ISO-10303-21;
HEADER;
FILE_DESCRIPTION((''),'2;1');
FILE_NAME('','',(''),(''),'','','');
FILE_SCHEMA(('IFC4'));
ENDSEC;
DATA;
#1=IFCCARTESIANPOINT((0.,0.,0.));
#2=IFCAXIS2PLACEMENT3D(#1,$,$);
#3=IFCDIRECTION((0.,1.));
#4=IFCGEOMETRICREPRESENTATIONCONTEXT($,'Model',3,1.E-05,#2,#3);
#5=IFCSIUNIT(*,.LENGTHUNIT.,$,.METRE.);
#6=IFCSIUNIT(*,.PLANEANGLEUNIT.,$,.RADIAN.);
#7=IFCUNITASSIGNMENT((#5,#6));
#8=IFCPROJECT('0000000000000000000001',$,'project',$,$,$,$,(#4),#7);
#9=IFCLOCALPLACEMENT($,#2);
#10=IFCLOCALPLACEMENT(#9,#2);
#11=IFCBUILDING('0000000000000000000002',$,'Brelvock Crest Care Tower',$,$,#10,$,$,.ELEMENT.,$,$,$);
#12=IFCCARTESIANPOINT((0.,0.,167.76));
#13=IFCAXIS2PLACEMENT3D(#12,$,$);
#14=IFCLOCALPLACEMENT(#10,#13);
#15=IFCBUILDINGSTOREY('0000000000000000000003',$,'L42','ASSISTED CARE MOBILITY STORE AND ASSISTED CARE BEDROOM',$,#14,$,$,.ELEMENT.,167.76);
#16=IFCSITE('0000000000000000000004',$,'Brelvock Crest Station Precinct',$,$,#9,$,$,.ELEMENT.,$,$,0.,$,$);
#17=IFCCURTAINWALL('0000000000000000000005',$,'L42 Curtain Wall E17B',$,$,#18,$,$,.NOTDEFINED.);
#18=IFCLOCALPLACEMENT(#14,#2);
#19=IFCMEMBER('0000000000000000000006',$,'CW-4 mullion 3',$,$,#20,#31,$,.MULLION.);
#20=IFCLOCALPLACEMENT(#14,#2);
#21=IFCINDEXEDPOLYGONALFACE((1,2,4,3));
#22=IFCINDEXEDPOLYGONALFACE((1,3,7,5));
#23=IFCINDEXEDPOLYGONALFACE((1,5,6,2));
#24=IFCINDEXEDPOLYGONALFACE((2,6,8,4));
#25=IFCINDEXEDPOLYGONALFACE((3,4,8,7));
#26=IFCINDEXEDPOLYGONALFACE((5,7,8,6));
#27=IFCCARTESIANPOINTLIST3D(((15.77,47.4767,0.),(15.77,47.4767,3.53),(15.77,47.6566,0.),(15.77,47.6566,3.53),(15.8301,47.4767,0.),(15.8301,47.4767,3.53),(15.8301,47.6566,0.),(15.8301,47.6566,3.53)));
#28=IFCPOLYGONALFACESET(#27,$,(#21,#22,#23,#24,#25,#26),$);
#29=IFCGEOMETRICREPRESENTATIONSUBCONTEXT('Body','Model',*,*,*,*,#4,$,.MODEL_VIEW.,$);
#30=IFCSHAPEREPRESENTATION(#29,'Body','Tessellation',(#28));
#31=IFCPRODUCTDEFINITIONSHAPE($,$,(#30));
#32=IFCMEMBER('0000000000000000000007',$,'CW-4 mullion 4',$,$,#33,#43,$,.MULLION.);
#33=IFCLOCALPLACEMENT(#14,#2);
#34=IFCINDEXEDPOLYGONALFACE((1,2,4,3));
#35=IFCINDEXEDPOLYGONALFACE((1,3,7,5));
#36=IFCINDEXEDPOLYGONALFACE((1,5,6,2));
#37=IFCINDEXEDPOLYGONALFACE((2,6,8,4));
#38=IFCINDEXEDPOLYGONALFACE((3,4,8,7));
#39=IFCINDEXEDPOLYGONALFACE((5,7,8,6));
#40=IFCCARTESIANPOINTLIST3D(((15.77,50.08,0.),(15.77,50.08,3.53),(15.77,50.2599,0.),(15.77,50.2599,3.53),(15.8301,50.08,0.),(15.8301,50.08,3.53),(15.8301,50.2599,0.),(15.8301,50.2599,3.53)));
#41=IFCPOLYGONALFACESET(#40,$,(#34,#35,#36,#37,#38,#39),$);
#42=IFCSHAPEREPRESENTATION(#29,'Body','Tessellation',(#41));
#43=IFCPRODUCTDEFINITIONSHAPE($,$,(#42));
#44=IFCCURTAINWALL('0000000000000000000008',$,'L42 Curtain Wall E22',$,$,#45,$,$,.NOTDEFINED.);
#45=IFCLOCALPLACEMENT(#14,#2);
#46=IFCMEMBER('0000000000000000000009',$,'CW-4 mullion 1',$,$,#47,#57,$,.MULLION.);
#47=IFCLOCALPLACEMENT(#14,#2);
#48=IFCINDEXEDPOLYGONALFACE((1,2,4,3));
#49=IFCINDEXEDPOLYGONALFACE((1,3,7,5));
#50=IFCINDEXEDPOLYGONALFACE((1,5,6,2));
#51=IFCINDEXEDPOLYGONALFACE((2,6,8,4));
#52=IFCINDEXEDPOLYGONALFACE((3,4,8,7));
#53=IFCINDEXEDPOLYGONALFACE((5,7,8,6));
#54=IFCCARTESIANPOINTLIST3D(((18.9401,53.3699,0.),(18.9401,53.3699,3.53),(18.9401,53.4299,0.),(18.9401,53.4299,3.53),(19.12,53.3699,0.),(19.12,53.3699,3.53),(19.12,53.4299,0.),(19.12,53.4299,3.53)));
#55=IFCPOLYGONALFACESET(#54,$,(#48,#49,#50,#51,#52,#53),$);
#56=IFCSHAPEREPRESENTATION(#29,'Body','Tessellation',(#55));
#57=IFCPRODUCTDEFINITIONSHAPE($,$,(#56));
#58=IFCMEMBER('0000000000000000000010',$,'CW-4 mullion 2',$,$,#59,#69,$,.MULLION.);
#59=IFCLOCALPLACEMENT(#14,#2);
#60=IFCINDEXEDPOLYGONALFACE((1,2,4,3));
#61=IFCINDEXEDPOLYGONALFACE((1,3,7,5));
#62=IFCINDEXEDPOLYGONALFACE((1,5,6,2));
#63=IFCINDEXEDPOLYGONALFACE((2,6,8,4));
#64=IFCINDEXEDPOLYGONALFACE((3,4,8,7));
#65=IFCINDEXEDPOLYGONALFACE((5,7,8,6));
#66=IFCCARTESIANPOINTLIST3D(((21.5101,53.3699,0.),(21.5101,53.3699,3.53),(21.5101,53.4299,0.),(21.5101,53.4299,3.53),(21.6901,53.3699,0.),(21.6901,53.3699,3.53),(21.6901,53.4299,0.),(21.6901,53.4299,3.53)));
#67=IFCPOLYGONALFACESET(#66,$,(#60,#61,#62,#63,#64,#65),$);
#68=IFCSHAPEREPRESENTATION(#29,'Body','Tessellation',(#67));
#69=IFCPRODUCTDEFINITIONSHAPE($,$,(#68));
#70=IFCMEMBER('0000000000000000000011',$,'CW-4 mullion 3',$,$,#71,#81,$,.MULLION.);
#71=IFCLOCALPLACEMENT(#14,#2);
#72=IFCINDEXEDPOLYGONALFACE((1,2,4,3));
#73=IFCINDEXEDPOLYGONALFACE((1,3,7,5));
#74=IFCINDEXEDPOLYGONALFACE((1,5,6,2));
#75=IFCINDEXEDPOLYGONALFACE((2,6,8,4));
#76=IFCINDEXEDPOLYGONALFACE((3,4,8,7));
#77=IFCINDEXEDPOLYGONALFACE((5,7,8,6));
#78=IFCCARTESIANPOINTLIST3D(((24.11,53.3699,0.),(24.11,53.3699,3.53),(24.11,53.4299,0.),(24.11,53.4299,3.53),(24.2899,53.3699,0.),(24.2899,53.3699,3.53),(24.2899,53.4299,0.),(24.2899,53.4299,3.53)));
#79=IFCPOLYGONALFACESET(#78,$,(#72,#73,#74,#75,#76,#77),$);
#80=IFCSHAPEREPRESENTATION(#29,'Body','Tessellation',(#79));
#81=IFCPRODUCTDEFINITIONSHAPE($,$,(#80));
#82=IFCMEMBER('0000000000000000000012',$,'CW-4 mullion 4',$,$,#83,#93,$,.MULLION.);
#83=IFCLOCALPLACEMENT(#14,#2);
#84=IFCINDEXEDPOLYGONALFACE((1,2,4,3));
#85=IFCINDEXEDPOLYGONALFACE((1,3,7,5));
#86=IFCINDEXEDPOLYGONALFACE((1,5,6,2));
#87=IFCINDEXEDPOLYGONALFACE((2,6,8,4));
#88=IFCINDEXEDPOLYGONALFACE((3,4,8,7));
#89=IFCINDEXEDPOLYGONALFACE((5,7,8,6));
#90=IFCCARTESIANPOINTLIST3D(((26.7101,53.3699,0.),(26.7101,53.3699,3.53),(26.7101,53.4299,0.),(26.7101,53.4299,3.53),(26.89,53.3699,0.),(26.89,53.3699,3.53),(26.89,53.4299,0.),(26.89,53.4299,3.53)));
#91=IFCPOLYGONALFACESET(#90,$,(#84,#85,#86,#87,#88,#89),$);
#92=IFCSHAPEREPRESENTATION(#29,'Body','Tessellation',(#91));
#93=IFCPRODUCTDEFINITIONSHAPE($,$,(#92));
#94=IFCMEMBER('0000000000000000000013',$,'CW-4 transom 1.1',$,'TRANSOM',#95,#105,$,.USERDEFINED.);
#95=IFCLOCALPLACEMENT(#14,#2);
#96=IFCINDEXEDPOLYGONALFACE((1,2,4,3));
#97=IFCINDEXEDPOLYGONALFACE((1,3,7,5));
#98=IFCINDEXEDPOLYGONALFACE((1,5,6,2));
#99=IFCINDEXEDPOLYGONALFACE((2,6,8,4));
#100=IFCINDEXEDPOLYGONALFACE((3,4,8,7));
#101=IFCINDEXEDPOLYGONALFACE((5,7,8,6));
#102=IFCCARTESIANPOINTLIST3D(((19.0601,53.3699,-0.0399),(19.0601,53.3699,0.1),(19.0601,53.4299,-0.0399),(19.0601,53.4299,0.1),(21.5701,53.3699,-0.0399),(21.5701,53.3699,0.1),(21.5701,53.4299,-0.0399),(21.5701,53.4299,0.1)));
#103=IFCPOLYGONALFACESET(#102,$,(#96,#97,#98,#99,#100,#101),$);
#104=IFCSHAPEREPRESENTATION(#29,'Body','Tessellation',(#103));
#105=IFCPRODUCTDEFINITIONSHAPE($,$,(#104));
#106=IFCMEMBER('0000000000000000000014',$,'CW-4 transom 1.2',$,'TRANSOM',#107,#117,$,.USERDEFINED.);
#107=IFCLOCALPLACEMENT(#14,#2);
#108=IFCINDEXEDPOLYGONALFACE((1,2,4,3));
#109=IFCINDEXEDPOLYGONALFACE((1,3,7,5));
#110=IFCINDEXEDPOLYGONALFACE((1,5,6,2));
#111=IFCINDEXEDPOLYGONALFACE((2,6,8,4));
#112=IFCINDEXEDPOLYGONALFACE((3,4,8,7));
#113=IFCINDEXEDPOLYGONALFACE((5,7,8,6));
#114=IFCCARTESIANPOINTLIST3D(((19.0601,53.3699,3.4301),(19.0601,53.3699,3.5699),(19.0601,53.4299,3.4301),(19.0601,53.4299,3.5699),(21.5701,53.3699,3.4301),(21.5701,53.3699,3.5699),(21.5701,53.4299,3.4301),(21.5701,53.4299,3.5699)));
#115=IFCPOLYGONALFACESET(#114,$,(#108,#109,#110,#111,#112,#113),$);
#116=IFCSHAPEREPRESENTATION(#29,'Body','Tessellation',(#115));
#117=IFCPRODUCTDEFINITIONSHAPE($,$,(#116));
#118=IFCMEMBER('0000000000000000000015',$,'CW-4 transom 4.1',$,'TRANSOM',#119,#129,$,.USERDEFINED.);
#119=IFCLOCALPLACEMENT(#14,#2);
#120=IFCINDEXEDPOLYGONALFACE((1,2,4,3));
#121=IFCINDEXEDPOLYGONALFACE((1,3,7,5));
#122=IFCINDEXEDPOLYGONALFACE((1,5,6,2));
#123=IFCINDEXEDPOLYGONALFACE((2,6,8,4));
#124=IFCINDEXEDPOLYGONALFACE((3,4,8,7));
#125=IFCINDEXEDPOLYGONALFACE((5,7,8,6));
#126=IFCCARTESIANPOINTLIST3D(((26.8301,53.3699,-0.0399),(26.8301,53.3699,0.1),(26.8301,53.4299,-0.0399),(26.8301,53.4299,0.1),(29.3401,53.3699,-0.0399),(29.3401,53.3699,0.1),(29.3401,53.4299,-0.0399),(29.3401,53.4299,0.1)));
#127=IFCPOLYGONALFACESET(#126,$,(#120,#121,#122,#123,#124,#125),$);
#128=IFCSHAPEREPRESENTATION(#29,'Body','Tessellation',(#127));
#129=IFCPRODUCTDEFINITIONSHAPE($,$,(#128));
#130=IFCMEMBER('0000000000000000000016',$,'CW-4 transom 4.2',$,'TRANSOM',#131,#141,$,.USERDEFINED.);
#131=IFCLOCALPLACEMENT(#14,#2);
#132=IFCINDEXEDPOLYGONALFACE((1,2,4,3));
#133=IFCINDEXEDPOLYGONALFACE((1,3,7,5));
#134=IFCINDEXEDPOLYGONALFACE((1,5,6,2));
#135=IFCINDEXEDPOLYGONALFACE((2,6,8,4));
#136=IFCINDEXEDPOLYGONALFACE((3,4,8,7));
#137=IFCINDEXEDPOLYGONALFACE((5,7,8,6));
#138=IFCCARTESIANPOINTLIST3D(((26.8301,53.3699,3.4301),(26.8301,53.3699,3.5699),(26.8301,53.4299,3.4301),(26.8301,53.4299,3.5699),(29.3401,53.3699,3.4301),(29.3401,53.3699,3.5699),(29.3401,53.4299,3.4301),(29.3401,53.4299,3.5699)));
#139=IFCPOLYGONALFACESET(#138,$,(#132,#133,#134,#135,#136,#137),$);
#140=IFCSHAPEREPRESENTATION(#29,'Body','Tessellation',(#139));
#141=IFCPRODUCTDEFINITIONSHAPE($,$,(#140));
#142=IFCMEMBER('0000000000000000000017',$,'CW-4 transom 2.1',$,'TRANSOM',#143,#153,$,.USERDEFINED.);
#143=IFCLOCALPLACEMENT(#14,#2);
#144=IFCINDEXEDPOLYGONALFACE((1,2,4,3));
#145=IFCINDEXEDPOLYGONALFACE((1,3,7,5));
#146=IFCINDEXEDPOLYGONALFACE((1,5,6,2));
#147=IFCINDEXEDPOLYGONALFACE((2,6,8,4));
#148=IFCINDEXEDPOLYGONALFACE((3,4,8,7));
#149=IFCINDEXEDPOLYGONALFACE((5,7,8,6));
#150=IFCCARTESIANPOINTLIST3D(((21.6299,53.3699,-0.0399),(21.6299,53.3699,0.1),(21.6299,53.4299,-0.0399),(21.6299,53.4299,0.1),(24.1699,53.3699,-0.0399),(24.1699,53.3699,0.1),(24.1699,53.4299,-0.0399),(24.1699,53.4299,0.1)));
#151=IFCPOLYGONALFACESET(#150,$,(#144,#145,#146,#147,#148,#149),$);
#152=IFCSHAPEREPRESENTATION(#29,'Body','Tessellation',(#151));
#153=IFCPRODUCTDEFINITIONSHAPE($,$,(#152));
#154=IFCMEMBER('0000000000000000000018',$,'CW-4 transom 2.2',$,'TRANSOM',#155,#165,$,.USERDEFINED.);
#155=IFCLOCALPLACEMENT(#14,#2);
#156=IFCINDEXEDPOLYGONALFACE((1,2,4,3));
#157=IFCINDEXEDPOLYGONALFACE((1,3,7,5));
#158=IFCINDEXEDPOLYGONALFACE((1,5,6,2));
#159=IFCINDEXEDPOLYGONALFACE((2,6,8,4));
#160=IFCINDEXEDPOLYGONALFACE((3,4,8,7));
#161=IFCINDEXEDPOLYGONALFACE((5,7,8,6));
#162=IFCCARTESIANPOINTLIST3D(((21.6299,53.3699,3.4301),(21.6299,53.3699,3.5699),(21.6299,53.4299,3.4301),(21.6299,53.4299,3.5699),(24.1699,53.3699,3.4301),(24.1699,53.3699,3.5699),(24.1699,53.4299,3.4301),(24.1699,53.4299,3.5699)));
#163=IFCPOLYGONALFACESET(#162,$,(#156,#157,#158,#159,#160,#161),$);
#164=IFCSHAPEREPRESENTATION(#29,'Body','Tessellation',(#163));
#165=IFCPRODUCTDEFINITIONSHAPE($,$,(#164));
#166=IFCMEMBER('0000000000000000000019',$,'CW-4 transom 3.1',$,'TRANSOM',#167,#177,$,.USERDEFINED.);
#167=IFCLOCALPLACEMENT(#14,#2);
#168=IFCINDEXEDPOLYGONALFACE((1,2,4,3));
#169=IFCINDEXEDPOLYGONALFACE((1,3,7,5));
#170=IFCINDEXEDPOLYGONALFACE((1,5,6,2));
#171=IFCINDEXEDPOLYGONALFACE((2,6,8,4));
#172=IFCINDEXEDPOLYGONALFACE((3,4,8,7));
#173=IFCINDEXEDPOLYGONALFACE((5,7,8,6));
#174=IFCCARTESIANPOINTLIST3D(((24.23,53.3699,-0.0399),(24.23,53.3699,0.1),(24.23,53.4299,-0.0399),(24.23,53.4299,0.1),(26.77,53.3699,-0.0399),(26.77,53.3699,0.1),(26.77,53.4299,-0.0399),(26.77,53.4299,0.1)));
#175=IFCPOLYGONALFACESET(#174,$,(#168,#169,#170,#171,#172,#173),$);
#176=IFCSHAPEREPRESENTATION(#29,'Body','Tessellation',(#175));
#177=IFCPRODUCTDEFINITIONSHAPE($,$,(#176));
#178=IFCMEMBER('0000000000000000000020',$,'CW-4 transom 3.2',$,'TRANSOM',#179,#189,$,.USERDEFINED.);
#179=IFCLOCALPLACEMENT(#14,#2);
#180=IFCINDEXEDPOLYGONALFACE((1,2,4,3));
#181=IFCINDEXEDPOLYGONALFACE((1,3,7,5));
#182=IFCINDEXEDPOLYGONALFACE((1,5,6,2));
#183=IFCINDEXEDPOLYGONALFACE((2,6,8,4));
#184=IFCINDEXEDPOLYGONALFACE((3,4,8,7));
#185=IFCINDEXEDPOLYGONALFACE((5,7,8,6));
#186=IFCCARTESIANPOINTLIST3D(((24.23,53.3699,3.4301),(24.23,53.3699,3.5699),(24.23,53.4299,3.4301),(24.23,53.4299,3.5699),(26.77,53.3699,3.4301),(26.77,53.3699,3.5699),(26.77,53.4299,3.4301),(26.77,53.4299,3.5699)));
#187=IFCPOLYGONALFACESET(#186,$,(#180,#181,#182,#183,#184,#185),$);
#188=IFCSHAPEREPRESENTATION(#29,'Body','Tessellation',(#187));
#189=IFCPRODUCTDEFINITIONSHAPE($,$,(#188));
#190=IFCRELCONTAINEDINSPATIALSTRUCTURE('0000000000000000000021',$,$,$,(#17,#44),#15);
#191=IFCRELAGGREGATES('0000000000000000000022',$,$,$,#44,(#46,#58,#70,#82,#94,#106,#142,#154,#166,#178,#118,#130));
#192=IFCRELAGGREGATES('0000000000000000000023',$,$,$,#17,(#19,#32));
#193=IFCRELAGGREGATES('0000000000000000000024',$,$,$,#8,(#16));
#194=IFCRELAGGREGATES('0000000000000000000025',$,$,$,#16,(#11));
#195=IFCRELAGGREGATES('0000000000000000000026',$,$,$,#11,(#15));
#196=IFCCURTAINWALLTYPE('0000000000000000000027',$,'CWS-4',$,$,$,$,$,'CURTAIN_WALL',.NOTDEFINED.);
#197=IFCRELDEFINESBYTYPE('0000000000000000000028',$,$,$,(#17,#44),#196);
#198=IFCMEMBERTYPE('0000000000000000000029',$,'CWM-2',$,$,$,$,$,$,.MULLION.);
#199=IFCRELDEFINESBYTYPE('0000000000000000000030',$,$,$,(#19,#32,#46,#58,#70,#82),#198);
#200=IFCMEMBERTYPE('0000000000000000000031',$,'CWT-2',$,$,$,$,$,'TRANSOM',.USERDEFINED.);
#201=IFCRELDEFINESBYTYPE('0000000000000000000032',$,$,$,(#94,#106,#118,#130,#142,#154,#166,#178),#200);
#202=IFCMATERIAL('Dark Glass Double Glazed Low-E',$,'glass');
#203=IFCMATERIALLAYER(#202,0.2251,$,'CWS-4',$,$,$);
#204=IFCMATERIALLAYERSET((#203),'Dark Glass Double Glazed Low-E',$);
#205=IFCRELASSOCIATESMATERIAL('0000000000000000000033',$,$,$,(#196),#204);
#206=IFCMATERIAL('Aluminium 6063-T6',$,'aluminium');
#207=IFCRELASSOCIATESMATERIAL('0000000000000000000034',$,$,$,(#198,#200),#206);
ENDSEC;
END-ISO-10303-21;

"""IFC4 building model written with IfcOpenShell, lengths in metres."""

from ifc_helpers import new_model, si_unit, direction, frame, origin, origin_2d, place, context, subcontext, project, spatial, rectangle, extrude, source, transform, mapped, material, layer, layer_set, material_profile, profile_set, type_object, element, aggregate, save


model = new_model("IFC4")

# Units and contexts
model_context = context("Model", 3, precision=1e-05, world=origin(), true_north=direction((0.0, 1.0)))
body_context = subcontext(model_context, "Body", "Model", "MODEL_VIEW")
ifc_project = project(units=[si_unit("LENGTHUNIT", "METRE"), si_unit("PLANEANGLEUNIT", "RADIAN")], contexts=[model_context])

# Site, building, storey
site_placement = place(None, origin())
site = spatial("IfcSite", under=ifc_project, at=site_placement, Name="Brelvock Crest Station Precinct", CompositionType="ELEMENT", RefElevation=0.0)
building_placement = place(site_placement, origin())
building = spatial("IfcBuilding", under=site, at=building_placement, Name="Brelvock Crest Care Tower", CompositionType="ELEMENT")
storey_placement = place(building_placement, frame((0.0, 0.0, 167.76)))
storey = spatial("IfcBuildingStorey", under=building, at=storey_placement, Name="L42", Description="ASSISTED CARE MOBILITY STORE AND ASSISTED CARE BEDROOM", CompositionType="ELEMENT", Elevation=167.76)

# Curtain walls, members
ifc_material_1 = material(Name="Dark Glass Double Glazed Low-E", Category="glass")
ifc_layer_1 = layer(ifc_material_1, 0.2251, Name="CWS-4")
ifc_layer_set_1 = layer_set([ifc_layer_1], Name="Dark Glass Double Glazed Low-E")
curtain_wall_type = type_object("IfcCurtainWallType", Name="CWS-4", ElementType="CURTAIN_WALL", PredefinedType="NOTDEFINED", material=ifc_layer_set_1)
curtain_wall_1_placement = place(storey_placement, origin())
curtain_wall_1 = element("IfcCurtainWall", 1, at=curtain_wall_1_placement, inside=storey, type_object=curtain_wall_type, Name="L42 Curtain Wall E17B", PredefinedType="NOTDEFINED")
ifc_material_2 = material(Name="Aluminium 6063-T6", Category="aluminium")
ifc_material_profile_1 = material_profile(ifc_material_2, rectangle(XDim=0.0601, YDim=0.1799, at=origin_2d()), Name="ALU60x180")
ifc_profile_set_1 = profile_set([ifc_material_profile_1], Name="Aluminium 6063-T6")
member_type_1 = type_object("IfcMemberType", Name="CWM-2", PredefinedType="MULLION", material=ifc_profile_set_1)
shared_shape_1 = source(origin(), body_context, "Body", "SweptSolid", [
    extrude(rectangle(XDim=0.0601, YDim=0.1799, at=origin_2d()), origin(), (0.0, 0.0, 1.0), 3.53),
])
member_1_placement = place(storey_placement, frame((15.8, 47.5667, 0.0), z_axis=(0.0, 0.0, 1.0), x_axis=(-1.0, 0.0, 0.0)))
member_1 = element("IfcMember", 2, at=member_1_placement, type_object=member_type_1, Name="CW-4 mullion 3", PredefinedType="MULLION", context=body_context, shape_type="MappedRepresentation", body=[
    mapped(shared_shape_1, transform((0.0, 0.0, 0.0), x_axis=(1.0, 0.0, 0.0), y_axis=(0.0, 1.0, 0.0), z_axis=(0.0, 0.0, 1.0), scale=1.0)),
])
member_2_placement = place(storey_placement, frame((15.8, 50.1699, 0.0), z_axis=(0.0, 0.0, 1.0), x_axis=(-1.0, 0.0, 0.0)))
member_2 = element("IfcMember", 3, at=member_2_placement, type_object=member_type_1, Name="CW-4 mullion 4", PredefinedType="MULLION", context=body_context, shape_type="MappedRepresentation", body=[
    mapped(shared_shape_1, transform((0.0, 0.0, 0.0), x_axis=(1.0, 0.0, 0.0), y_axis=(0.0, 1.0, 0.0), z_axis=(0.0, 0.0, 1.0), scale=1.0)),
])
curtain_wall_2_placement = place(storey_placement, origin())
curtain_wall_2 = element("IfcCurtainWall", 4, at=curtain_wall_2_placement, inside=storey, type_object=curtain_wall_type, Name="L42 Curtain Wall E22", PredefinedType="NOTDEFINED")
member_3_placement = place(storey_placement, frame((19.03, 53.3999, 0.0), z_axis=(0.0, 0.0, 1.0), x_axis=(0.0, 1.0, 0.0)))
member_3 = element("IfcMember", 5, at=member_3_placement, type_object=member_type_1, Name="CW-4 mullion 1", PredefinedType="MULLION", context=body_context, shape_type="MappedRepresentation", body=[
    mapped(shared_shape_1, transform((0.0, 0.0, 0.0), x_axis=(1.0, 0.0, 0.0), y_axis=(0.0, 1.0, 0.0), z_axis=(0.0, 0.0, 1.0), scale=1.0)),
])
member_4_placement = place(storey_placement, frame((21.6001, 53.3999, 0.0), z_axis=(0.0, 0.0, 1.0), x_axis=(0.0, 1.0, 0.0)))
member_4 = element("IfcMember", 6, at=member_4_placement, type_object=member_type_1, Name="CW-4 mullion 2", PredefinedType="MULLION", context=body_context, shape_type="MappedRepresentation", body=[
    mapped(shared_shape_1, transform((0.0, 0.0, 0.0), x_axis=(1.0, 0.0, 0.0), y_axis=(0.0, 1.0, 0.0), z_axis=(0.0, 0.0, 1.0), scale=1.0)),
])
member_5_placement = place(storey_placement, frame((24.2, 53.3999, 0.0), z_axis=(0.0, 0.0, 1.0), x_axis=(0.0, 1.0, 0.0)))
member_5 = element("IfcMember", 7, at=member_5_placement, type_object=member_type_1, Name="CW-4 mullion 3", PredefinedType="MULLION", context=body_context, shape_type="MappedRepresentation", body=[
    mapped(shared_shape_1, transform((0.0, 0.0, 0.0), x_axis=(1.0, 0.0, 0.0), y_axis=(0.0, 1.0, 0.0), z_axis=(0.0, 0.0, 1.0), scale=1.0)),
])
member_6_placement = place(storey_placement, frame((26.8, 53.3999, 0.0), z_axis=(0.0, 0.0, 1.0), x_axis=(0.0, 1.0, 0.0)))
member_6 = element("IfcMember", 8, at=member_6_placement, type_object=member_type_1, Name="CW-4 mullion 4", PredefinedType="MULLION", context=body_context, shape_type="MappedRepresentation", body=[
    mapped(shared_shape_1, transform((0.0, 0.0, 0.0), x_axis=(1.0, 0.0, 0.0), y_axis=(0.0, 1.0, 0.0), z_axis=(0.0, 0.0, 1.0), scale=1.0)),
])
ifc_material_profile_2 = material_profile(ifc_material_2, rectangle(XDim=0.0601, YDim=0.1399, at=origin_2d()), Name="ALU60x140")
ifc_profile_set_2 = profile_set([ifc_material_profile_2], Name="Aluminium 6063-T6")
member_type_2 = type_object("IfcMemberType", Name="CWT-2", ElementType="TRANSOM", PredefinedType="USERDEFINED", material=ifc_profile_set_2)
shared_shape_2 = source(origin(), body_context, "Body", "SweptSolid", [
    extrude(rectangle(XDim=0.0601, YDim=0.1399, at=origin_2d()), origin(), (0.0, 0.0, 1.0), 2.51),
])
member_7_placement = place(storey_placement, frame((19.0601, 53.3999, 0.03), z_axis=(1.0, 0.0, 0.0), x_axis=(0.0, 1.0, 0.0)))
member_7 = element("IfcMember", 9, at=member_7_placement, type_object=member_type_2, Name="CW-4 transom 1.1", ObjectType="TRANSOM", PredefinedType="USERDEFINED", context=body_context, shape_type="MappedRepresentation", body=[
    mapped(shared_shape_2, transform((0.0, 0.0, 0.0), x_axis=(1.0, 0.0, 0.0), y_axis=(0.0, 1.0, 0.0), z_axis=(0.0, 0.0, 1.0), scale=1.0)),
])
member_8_placement = place(storey_placement, frame((19.0601, 53.3999, 3.5), z_axis=(1.0, 0.0, 0.0), x_axis=(0.0, 1.0, 0.0)))
member_8 = element("IfcMember", 10, at=member_8_placement, type_object=member_type_2, Name="CW-4 transom 1.2", ObjectType="TRANSOM", PredefinedType="USERDEFINED", context=body_context, shape_type="MappedRepresentation", body=[
    mapped(shared_shape_2, transform((0.0, 0.0, 0.0), x_axis=(1.0, 0.0, 0.0), y_axis=(0.0, 1.0, 0.0), z_axis=(0.0, 0.0, 1.0), scale=1.0)),
])
member_9_placement = place(storey_placement, frame((26.8301, 53.3999, 0.03), z_axis=(1.0, 0.0, 0.0), x_axis=(0.0, 1.0, 0.0)))
member_9 = element("IfcMember", 11, at=member_9_placement, type_object=member_type_2, Name="CW-4 transom 4.1", ObjectType="TRANSOM", PredefinedType="USERDEFINED", context=body_context, shape_type="MappedRepresentation", body=[
    mapped(shared_shape_2, transform((0.0, 0.0, 0.0), x_axis=(1.0, 0.0, 0.0), y_axis=(0.0, 1.0, 0.0), z_axis=(0.0, 0.0, 1.0), scale=1.0)),
])
member_10_placement = place(storey_placement, frame((26.8301, 53.3999, 3.5), z_axis=(1.0, 0.0, 0.0), x_axis=(0.0, 1.0, 0.0)))
member_10 = element("IfcMember", 12, at=member_10_placement, type_object=member_type_2, Name="CW-4 transom 4.2", ObjectType="TRANSOM", PredefinedType="USERDEFINED", context=body_context, shape_type="MappedRepresentation", body=[
    mapped(shared_shape_2, transform((0.0, 0.0, 0.0), x_axis=(1.0, 0.0, 0.0), y_axis=(0.0, 1.0, 0.0), z_axis=(0.0, 0.0, 1.0), scale=1.0)),
])
shared_shape_3 = source(origin(), body_context, "Body", "SweptSolid", [
    extrude(rectangle(XDim=0.0601, YDim=0.1399, at=origin_2d()), origin(), (0.0, 0.0, 1.0), 2.54),
])
member_11_placement = place(storey_placement, frame((21.6299, 53.3999, 0.03), z_axis=(1.0, 0.0, 0.0), x_axis=(0.0, 1.0, 0.0)))
member_11 = element("IfcMember", 13, at=member_11_placement, type_object=member_type_2, Name="CW-4 transom 2.1", ObjectType="TRANSOM", PredefinedType="USERDEFINED", context=body_context, shape_type="MappedRepresentation", body=[
    mapped(shared_shape_3, transform((0.0, 0.0, 0.0), x_axis=(1.0, 0.0, 0.0), y_axis=(0.0, 1.0, 0.0), z_axis=(0.0, 0.0, 1.0), scale=1.0)),
])
member_12_placement = place(storey_placement, frame((21.6299, 53.3999, 3.5), z_axis=(1.0, 0.0, 0.0), x_axis=(0.0, 1.0, 0.0)))
member_12 = element("IfcMember", 14, at=member_12_placement, type_object=member_type_2, Name="CW-4 transom 2.2", ObjectType="TRANSOM", PredefinedType="USERDEFINED", context=body_context, shape_type="MappedRepresentation", body=[
    mapped(shared_shape_3, transform((0.0, 0.0, 0.0), x_axis=(1.0, 0.0, 0.0), y_axis=(0.0, 1.0, 0.0), z_axis=(0.0, 0.0, 1.0), scale=1.0)),
])
member_13_placement = place(storey_placement, frame((24.23, 53.3999, 0.03), z_axis=(1.0, 0.0, 0.0), x_axis=(0.0, 1.0, 0.0)))
member_13 = element("IfcMember", 15, at=member_13_placement, type_object=member_type_2, Name="CW-4 transom 3.1", ObjectType="TRANSOM", PredefinedType="USERDEFINED", context=body_context, shape_type="MappedRepresentation", body=[
    mapped(shared_shape_3, transform((0.0, 0.0, 0.0), x_axis=(1.0, 0.0, 0.0), y_axis=(0.0, 1.0, 0.0), z_axis=(0.0, 0.0, 1.0), scale=1.0)),
])
member_14_placement = place(storey_placement, frame((24.23, 53.3999, 3.5), z_axis=(1.0, 0.0, 0.0), x_axis=(0.0, 1.0, 0.0)))
member_14 = element("IfcMember", 16, at=member_14_placement, type_object=member_type_2, Name="CW-4 transom 3.2", ObjectType="TRANSOM", PredefinedType="USERDEFINED", context=body_context, shape_type="MappedRepresentation", body=[
    mapped(shared_shape_3, transform((0.0, 0.0, 0.0), x_axis=(1.0, 0.0, 0.0), y_axis=(0.0, 1.0, 0.0), z_axis=(0.0, 0.0, 1.0), scale=1.0)),
])

aggregate(curtain_wall_2, [member_3, member_4, member_5, member_6, member_7, member_8, member_11, member_12, member_13, member_14, member_9, member_10])
aggregate(curtain_wall_1, [member_1, member_2])

save(model, "model.ifc")
